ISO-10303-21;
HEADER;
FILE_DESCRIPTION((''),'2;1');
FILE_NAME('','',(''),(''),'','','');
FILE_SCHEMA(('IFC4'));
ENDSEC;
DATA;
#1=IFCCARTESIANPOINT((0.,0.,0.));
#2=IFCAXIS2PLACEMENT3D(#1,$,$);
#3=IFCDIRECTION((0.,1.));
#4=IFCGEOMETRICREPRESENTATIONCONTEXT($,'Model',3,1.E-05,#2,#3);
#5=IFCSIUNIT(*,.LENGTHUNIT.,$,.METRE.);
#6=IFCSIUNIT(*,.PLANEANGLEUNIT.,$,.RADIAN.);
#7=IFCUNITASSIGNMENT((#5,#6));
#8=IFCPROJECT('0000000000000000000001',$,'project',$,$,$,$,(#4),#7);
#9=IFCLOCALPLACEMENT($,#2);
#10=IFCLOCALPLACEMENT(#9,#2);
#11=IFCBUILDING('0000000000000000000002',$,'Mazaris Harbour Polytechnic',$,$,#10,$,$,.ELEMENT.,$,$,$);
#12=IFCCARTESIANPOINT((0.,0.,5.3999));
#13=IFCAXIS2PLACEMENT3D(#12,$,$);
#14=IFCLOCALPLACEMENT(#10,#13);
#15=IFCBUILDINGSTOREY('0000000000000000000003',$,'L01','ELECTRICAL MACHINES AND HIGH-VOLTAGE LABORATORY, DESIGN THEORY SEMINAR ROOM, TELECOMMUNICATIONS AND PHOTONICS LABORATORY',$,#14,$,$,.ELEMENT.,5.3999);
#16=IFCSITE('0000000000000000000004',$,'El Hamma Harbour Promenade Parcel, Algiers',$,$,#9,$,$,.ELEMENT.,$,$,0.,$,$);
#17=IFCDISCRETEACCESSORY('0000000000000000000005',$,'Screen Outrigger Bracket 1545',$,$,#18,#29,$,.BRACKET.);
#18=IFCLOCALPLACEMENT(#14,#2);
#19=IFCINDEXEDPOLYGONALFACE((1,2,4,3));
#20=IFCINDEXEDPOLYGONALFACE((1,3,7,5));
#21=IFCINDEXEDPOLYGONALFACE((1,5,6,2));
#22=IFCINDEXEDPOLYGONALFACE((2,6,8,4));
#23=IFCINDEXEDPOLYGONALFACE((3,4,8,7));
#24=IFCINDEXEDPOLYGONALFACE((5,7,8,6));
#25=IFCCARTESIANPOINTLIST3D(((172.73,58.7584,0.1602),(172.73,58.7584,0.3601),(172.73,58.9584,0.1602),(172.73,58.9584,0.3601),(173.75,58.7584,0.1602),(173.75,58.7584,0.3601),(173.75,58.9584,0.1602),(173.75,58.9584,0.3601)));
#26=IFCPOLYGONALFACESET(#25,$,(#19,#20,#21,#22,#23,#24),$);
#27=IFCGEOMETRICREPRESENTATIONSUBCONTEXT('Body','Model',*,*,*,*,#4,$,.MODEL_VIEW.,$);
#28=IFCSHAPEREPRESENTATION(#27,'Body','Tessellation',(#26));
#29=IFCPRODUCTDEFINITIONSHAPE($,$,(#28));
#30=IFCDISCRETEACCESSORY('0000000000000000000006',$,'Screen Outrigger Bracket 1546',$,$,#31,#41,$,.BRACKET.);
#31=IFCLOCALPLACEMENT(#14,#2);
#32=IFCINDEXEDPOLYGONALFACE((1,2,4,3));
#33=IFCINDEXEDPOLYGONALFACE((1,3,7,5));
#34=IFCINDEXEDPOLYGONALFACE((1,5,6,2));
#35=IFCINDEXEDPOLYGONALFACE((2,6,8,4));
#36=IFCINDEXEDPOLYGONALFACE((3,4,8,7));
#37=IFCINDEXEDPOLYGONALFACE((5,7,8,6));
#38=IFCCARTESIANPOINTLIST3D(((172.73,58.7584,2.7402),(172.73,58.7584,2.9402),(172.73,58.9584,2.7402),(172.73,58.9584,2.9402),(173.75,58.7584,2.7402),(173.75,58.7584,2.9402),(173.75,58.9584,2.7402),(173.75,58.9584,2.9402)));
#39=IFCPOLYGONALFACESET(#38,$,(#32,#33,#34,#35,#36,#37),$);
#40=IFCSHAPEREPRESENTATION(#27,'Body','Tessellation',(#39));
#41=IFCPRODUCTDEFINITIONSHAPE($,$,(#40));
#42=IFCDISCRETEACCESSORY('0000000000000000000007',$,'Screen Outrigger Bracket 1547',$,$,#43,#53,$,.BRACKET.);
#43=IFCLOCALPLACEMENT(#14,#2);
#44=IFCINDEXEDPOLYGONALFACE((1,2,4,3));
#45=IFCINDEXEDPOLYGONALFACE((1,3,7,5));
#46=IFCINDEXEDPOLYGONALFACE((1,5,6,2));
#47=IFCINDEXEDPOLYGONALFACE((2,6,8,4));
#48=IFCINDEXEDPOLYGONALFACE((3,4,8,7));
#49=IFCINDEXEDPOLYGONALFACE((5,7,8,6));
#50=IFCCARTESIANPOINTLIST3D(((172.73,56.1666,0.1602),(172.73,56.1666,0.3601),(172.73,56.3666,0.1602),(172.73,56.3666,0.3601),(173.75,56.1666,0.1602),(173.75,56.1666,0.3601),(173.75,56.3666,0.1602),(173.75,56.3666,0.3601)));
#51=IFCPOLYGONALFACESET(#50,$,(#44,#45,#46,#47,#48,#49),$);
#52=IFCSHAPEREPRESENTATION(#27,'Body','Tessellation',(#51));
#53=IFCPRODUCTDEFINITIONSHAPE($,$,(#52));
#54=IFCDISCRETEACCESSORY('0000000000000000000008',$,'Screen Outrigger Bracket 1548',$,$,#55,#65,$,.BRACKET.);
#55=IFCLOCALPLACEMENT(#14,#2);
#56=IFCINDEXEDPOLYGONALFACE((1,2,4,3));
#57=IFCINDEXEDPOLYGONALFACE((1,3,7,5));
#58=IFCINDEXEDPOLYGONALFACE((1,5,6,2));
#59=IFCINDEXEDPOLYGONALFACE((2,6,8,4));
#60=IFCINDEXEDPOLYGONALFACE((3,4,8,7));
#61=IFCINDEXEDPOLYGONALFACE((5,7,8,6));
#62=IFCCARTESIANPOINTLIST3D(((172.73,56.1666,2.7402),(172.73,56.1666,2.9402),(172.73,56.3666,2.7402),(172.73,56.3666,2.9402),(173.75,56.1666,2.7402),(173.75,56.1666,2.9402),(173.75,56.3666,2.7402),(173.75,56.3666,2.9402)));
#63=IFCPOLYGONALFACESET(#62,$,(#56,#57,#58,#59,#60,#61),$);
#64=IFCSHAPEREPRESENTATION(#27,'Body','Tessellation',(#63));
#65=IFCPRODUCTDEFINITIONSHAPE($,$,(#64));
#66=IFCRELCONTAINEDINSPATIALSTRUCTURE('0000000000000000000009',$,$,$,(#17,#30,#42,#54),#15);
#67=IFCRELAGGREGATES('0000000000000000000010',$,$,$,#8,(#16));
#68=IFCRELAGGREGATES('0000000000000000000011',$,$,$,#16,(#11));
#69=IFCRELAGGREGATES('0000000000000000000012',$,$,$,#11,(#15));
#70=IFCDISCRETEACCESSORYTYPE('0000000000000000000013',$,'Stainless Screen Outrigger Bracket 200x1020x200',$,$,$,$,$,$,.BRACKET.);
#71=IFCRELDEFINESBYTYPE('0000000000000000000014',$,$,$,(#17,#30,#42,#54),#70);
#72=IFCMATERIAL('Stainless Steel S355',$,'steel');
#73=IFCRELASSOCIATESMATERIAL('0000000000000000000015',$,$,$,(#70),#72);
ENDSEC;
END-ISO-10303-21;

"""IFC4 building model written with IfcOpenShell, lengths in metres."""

from ifc_helpers import new_model, si_unit, direction, frame, origin, origin_2d, place, context, subcontext, project, spatial, rectangle, extrude, material, type_object, element, save


model = new_model("IFC4")

# Units and contexts
model_context = context("Model", 3, precision=1e-05, world=origin(), true_north=direction((0.0, 1.0)))
body_context = subcontext(model_context, "Body", "Model", "MODEL_VIEW")
ifc_project = project(units=[si_unit("LENGTHUNIT", "METRE"), si_unit("PLANEANGLEUNIT", "RADIAN")], contexts=[model_context])

# Site, building, storey
site_placement = place(None, origin())
site = spatial("IfcSite", under=ifc_project, at=site_placement, Name="El Hamma Harbour Promenade Parcel, Algiers", CompositionType="ELEMENT", RefElevation=0.0)
building_placement = place(site_placement, origin())
building = spatial("IfcBuilding", under=site, at=building_placement, Name="Mazaris Harbour Polytechnic", CompositionType="ELEMENT")
storey_placement = place(building_placement, frame((0.0, 0.0, 5.3999)))
storey = spatial("IfcBuildingStorey", under=building, at=storey_placement, Name="L01", Description="ELECTRICAL MACHINES AND HIGH-VOLTAGE LABORATORY, DESIGN THEORY SEMINAR ROOM, TELECOMMUNICATIONS AND PHOTONICS LABORATORY", CompositionType="ELEMENT", Elevation=5.3999)

# Discrete accessories
ifc_material_1 = material(Name="Stainless Steel S355", Category="steel")
discrete_accessory_type = type_object("IfcDiscreteAccessoryType", Name="Stainless Screen Outrigger Bracket 200x1020x200", PredefinedType="BRACKET", material=ifc_material_1)
for number, where, z_axis, x_axis, name in (
    (1, (173.24, 58.8584, 0.1602), (0.0, 0.0, 1.0), (0.0, -1.0, 0.0), "Screen Outrigger Bracket 1545"),
    (2, (173.24, 58.8584, 2.7402), (0.0, 0.0, 1.0), (0.0, -1.0, 0.0), "Screen Outrigger Bracket 1546"),
    (3, (173.24, 56.2666, 0.1602), (0.0, 0.0, 1.0), (0.0, -1.0, 0.0), "Screen Outrigger Bracket 1547"),
    (4, (173.24, 56.2666, 2.7402), (0.0, 0.0, 1.0), (0.0, -1.0, 0.0), "Screen Outrigger Bracket 1548"),
):
    element("IfcDiscreteAccessory", number, at=place(storey_placement, frame(where, z_axis=z_axis, x_axis=x_axis)), inside=storey, type_object=discrete_accessory_type, Name=name, PredefinedType="BRACKET", context=body_context, shape_type="SweptSolid", body=[
        extrude(rectangle(XDim=0.2, YDim=1.02, at=origin_2d()), origin(), (0.0, 0.0, 1.0), 0.2),
    ])

save(model, "model.ifc")
